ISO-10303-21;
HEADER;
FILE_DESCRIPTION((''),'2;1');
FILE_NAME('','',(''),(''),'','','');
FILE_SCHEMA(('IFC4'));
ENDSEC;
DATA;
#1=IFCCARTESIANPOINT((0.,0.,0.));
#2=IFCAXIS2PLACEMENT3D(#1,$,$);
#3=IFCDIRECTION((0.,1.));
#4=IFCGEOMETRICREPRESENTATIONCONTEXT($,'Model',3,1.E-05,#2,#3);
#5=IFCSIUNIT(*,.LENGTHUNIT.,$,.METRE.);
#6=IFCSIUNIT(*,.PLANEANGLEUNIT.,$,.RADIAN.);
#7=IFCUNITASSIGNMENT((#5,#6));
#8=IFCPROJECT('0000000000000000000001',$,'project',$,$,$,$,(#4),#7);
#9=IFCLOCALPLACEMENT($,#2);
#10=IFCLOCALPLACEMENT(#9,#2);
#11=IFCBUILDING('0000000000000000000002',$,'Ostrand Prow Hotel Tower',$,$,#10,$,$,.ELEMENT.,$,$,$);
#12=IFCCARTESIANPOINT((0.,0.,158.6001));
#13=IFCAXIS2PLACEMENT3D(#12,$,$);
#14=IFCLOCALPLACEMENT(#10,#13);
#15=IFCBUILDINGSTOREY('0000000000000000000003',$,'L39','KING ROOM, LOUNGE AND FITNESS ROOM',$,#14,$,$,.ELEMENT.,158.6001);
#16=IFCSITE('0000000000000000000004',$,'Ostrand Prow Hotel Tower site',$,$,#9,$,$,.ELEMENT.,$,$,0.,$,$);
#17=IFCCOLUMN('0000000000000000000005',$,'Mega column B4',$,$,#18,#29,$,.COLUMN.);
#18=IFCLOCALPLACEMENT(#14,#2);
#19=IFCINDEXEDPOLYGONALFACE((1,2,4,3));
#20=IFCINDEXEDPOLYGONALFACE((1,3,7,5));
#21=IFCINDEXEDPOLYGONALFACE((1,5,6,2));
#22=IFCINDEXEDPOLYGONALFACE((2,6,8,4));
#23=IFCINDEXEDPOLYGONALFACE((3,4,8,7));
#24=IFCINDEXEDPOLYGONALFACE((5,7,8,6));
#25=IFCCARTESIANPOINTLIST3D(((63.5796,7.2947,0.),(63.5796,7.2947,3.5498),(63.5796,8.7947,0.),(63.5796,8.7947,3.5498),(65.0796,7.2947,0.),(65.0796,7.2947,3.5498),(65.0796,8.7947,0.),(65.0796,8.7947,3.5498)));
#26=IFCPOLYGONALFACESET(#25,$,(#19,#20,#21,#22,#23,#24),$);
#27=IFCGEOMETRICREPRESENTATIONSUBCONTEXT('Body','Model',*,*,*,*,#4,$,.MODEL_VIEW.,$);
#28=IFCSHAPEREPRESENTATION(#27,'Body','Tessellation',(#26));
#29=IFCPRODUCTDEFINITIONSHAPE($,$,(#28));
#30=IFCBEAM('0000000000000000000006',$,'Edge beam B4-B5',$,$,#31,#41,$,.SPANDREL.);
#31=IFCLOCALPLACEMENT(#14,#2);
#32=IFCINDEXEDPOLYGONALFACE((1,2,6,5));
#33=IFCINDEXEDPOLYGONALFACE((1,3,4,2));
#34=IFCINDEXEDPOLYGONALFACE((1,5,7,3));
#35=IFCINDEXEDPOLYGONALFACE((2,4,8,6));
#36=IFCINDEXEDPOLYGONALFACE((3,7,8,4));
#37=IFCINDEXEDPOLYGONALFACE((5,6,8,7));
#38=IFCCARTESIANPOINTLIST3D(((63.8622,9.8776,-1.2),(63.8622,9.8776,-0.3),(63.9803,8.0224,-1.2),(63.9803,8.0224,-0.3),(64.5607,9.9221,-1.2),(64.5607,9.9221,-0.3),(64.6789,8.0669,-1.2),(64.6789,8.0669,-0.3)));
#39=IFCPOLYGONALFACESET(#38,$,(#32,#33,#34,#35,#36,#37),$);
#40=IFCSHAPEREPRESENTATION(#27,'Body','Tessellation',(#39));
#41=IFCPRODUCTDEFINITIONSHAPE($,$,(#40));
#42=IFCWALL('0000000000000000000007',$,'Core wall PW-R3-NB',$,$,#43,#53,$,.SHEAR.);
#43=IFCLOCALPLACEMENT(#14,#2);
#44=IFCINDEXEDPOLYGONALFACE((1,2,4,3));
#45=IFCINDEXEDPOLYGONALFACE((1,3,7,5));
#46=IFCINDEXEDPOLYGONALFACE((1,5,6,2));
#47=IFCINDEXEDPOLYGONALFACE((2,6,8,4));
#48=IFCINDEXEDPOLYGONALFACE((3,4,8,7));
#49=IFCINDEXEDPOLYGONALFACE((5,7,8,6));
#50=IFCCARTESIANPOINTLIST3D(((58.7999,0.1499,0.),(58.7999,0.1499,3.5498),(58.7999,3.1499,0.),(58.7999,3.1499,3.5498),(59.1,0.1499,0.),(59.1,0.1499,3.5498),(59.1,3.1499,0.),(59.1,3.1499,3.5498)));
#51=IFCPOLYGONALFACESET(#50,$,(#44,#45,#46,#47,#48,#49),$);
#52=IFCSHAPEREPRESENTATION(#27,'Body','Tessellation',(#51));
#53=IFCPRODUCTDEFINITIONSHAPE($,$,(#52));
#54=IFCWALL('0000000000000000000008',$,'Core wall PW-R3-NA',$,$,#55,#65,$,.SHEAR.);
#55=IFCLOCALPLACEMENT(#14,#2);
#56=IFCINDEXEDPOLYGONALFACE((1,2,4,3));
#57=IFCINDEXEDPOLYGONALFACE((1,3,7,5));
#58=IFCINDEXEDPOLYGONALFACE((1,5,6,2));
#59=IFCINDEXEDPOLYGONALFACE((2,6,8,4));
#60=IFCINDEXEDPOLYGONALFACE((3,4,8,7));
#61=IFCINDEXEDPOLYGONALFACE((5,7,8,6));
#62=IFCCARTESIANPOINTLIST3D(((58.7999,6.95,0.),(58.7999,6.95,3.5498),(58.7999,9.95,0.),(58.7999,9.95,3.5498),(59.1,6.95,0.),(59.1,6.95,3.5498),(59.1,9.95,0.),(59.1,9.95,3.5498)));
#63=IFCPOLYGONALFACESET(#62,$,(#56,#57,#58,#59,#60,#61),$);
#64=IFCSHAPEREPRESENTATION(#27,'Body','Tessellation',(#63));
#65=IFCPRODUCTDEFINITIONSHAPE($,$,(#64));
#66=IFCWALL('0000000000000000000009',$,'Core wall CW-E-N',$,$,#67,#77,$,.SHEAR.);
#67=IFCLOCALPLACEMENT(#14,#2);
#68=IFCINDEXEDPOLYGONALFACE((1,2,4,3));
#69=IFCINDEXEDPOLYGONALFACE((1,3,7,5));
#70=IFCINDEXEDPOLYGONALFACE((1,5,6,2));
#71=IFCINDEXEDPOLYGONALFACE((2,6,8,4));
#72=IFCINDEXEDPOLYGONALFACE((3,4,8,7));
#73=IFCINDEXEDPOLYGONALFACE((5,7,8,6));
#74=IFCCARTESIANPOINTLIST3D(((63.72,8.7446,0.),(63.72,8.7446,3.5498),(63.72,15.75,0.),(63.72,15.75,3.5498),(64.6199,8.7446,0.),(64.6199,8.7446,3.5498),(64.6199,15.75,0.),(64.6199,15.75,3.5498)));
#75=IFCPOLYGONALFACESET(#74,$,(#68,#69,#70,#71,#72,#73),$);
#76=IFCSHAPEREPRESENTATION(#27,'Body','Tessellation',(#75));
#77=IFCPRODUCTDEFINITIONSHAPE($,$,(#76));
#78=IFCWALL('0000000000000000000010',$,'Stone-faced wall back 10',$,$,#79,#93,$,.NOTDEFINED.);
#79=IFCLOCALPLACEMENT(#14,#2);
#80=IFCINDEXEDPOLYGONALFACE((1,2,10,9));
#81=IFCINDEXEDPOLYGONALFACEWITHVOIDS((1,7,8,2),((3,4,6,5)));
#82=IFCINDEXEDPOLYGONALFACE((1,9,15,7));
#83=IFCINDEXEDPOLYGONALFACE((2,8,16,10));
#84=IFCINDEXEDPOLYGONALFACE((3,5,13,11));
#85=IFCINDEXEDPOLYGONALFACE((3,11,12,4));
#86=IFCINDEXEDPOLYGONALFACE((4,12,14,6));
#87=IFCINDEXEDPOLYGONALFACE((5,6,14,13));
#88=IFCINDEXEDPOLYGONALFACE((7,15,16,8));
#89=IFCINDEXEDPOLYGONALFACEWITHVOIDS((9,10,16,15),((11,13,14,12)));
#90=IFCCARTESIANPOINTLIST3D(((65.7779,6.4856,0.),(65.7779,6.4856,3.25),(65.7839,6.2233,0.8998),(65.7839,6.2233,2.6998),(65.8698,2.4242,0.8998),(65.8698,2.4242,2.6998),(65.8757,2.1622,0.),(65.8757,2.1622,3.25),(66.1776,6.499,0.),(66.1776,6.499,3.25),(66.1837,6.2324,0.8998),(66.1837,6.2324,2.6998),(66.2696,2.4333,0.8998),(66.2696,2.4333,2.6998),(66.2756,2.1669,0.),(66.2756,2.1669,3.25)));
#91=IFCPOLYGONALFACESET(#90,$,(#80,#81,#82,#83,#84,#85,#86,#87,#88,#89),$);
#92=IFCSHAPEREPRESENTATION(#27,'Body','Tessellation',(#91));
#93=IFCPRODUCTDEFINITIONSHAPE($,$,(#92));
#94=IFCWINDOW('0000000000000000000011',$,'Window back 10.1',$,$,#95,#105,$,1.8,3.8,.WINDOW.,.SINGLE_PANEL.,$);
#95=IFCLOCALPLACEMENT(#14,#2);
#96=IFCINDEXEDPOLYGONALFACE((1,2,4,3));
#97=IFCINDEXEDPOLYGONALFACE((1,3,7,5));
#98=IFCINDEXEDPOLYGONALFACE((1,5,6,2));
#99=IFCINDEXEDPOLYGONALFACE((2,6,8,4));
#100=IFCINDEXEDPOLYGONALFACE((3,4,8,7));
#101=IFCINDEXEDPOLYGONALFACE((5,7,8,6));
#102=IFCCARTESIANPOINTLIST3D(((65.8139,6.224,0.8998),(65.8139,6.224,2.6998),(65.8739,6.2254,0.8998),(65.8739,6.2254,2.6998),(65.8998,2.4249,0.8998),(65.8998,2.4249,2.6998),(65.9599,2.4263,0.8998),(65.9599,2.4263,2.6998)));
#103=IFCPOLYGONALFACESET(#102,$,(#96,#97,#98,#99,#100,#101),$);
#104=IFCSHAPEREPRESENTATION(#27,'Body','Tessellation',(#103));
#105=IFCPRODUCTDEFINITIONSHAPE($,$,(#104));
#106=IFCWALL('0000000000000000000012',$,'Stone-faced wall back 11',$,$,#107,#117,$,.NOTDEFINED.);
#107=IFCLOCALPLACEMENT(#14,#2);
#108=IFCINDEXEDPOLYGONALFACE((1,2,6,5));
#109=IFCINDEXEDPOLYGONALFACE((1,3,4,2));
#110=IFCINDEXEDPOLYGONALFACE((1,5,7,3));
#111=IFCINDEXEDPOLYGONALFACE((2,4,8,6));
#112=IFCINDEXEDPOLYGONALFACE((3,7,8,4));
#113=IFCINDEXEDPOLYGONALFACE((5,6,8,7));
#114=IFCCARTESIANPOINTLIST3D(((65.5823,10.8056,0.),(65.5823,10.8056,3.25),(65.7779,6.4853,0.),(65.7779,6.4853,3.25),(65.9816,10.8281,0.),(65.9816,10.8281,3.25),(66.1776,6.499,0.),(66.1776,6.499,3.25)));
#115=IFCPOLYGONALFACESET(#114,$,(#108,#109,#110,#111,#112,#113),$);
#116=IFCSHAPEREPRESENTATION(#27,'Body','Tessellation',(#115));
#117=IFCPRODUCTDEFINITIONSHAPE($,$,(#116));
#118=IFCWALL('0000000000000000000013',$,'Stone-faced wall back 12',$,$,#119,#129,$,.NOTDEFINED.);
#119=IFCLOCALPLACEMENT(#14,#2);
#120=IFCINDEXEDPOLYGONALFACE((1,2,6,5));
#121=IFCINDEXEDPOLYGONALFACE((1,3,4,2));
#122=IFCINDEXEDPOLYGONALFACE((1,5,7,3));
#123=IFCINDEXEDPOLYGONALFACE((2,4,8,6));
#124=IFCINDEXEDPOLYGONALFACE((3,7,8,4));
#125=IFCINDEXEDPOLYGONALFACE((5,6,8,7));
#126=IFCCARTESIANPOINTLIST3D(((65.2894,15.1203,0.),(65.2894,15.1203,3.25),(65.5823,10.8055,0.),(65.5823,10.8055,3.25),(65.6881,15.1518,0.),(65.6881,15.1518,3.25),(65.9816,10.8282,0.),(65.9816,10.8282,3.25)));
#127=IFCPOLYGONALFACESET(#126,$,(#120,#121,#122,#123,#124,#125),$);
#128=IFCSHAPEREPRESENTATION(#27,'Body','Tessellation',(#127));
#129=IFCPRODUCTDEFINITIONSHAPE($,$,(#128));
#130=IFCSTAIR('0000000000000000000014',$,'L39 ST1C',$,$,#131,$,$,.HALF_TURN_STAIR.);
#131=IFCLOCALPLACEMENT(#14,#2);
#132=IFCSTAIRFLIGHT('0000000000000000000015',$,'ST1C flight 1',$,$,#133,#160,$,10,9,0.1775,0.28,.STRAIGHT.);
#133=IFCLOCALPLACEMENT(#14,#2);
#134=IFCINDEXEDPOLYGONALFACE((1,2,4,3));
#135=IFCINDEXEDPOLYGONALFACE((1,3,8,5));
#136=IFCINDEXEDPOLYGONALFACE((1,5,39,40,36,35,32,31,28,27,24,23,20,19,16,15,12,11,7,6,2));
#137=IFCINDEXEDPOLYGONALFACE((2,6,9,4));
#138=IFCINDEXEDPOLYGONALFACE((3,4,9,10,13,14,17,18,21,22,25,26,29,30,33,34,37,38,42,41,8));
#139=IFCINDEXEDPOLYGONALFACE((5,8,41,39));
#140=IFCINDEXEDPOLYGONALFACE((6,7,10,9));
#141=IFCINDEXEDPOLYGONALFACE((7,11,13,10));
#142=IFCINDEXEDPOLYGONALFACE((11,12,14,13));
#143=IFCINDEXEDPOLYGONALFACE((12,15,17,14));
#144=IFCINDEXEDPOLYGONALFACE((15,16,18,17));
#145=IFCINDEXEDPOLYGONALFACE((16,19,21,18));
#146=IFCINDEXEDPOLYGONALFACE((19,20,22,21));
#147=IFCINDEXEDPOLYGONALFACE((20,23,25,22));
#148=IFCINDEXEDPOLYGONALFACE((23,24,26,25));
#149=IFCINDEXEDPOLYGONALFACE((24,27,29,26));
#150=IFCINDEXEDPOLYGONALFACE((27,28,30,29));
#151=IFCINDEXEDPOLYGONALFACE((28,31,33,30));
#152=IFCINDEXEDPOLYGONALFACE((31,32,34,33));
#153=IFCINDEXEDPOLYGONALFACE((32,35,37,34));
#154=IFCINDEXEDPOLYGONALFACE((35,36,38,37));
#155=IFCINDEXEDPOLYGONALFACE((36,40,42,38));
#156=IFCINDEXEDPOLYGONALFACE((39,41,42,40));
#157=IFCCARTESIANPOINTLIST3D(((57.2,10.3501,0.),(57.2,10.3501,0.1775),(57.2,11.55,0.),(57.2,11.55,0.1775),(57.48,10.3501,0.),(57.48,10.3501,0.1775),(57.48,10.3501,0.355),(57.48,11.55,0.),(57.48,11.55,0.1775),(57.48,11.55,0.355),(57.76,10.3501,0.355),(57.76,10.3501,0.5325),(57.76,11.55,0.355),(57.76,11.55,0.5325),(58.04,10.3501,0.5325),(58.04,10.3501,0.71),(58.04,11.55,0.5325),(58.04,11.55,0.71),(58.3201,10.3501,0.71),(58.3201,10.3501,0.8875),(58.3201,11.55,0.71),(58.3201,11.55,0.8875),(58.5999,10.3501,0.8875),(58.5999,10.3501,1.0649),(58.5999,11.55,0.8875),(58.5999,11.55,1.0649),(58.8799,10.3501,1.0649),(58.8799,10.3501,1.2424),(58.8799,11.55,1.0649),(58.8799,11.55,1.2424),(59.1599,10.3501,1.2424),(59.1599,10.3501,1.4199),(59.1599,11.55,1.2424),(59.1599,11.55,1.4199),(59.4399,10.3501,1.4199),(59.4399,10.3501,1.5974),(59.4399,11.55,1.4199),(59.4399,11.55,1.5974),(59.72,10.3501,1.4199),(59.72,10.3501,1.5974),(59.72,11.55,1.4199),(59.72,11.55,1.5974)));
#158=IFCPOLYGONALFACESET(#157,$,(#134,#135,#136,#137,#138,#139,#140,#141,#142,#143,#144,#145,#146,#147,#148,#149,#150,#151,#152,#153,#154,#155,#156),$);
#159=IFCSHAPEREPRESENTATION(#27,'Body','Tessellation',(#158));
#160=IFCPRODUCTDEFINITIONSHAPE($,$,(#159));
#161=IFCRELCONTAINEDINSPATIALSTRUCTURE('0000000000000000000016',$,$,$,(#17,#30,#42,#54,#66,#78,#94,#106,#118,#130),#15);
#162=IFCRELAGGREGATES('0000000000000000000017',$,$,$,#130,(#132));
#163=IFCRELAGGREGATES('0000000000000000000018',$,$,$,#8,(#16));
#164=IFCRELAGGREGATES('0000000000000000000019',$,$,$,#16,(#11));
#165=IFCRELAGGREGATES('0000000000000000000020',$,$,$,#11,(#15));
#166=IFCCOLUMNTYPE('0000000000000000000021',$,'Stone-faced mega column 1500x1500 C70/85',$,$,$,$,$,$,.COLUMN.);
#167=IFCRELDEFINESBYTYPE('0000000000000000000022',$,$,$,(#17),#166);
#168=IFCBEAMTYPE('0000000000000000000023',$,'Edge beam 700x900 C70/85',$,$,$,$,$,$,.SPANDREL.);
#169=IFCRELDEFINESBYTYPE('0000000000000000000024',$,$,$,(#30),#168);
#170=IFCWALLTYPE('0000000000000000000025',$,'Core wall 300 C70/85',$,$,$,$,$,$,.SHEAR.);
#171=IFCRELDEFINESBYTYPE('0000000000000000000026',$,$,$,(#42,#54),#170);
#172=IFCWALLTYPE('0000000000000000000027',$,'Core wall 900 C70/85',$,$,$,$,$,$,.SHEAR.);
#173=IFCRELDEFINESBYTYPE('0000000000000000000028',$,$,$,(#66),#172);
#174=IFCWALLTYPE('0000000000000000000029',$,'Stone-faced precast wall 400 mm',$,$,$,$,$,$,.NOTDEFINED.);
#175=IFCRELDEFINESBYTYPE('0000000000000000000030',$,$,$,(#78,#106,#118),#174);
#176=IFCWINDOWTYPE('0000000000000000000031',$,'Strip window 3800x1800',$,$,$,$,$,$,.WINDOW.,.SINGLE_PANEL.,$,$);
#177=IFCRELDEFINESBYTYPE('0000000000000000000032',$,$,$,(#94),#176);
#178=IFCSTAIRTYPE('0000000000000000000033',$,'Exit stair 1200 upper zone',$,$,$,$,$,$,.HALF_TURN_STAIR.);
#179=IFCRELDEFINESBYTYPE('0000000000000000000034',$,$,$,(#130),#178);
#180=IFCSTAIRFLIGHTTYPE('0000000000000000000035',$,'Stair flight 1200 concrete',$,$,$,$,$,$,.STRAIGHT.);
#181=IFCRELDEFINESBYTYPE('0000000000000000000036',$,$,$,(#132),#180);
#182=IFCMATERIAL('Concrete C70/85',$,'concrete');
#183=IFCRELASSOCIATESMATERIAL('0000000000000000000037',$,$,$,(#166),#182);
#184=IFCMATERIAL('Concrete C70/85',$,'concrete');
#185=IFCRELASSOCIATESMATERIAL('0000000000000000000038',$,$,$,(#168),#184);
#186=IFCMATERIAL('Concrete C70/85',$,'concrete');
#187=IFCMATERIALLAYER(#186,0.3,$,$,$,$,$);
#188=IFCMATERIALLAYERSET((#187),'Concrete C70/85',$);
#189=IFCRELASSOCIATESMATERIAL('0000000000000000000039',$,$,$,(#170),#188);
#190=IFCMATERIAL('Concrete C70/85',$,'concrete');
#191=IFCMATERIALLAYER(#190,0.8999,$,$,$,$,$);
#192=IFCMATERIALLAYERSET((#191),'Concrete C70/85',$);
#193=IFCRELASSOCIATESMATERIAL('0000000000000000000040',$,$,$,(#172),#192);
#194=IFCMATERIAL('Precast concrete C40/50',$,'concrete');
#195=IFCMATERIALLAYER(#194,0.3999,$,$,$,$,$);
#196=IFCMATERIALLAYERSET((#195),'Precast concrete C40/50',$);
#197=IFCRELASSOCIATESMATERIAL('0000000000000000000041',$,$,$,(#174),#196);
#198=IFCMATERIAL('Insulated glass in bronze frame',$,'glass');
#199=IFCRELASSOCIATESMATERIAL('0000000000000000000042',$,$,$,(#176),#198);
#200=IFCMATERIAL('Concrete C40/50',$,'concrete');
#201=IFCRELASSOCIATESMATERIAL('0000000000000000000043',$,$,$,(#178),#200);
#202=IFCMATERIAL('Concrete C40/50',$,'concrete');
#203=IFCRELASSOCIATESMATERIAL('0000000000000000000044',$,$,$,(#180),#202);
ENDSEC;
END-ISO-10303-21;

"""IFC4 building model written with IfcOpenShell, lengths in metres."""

from ifc_helpers import new_model, si_unit, direction, frame, frame_2d, origin, origin_2d, place, context, subcontext, project, spatial, polyline, rectangle, outline, extrude, material, layer, layer_set, material_profile, profile_set, type_object, element, fill, aggregate, save


model = new_model("IFC4")

# Units and contexts
model_context = context("Model", 3, precision=1e-05, world=origin(), true_north=direction((0.0, 1.0)))
body_context = subcontext(model_context, "Body", "Model", "MODEL_VIEW")
ifc_project = project(units=[si_unit("LENGTHUNIT", "METRE"), si_unit("PLANEANGLEUNIT", "RADIAN")], contexts=[model_context])

# Site, building, storey
site_placement = place(None, origin())
site = spatial("IfcSite", under=ifc_project, at=site_placement, Name="Ostrand Prow Hotel Tower site", CompositionType="ELEMENT", RefElevation=0.0)
building_placement = place(site_placement, origin())
building = spatial("IfcBuilding", under=site, at=building_placement, Name="Ostrand Prow Hotel Tower", CompositionType="ELEMENT")
storey_placement = place(building_placement, frame((0.0, 0.0, 158.6001)))
storey = spatial("IfcBuildingStorey", under=building, at=storey_placement, Name="L39", Description="KING ROOM, LOUNGE AND FITNESS ROOM", CompositionType="ELEMENT", Elevation=158.6001)

# Column
ifc_material_1 = material(Name="Concrete C70/85", Category="concrete")
ifc_material_profile_1 = material_profile(ifc_material_1, rectangle(XDim=1.5, YDim=1.5, at=origin_2d()), Name="RC 1500x1500")
ifc_profile_set_1 = profile_set([ifc_material_profile_1], Name="Concrete C70/85")
column_type = type_object("IfcColumnType", Name="Stone-faced mega column 1500x1500 C70/85", PredefinedType="COLUMN", material=ifc_profile_set_1)
column_placement = place(storey_placement, frame((64.3296, 8.0447, 0.0), z_axis=(0.0, 0.0, 1.0), x_axis=(1.0, 0.0, 0.0)))
element("IfcColumn", 1, at=column_placement, inside=storey, type_object=column_type, Name="Mega column B4", PredefinedType="COLUMN", context=body_context, shape_type="SweptSolid", body=[
    extrude(rectangle(XDim=1.5, YDim=1.5, at=origin_2d()), origin(), (0.0, 0.0, 1.0), 3.5498),
])

# Beam
ifc_material_2 = material(Name="Concrete C70/85", Category="concrete")
ifc_material_profile_2 = material_profile(ifc_material_2, rectangle(XDim=0.7, YDim=0.8999, at=origin_2d()), Name="RC 700x900")
ifc_profile_set_2 = profile_set([ifc_material_profile_2], Name="Concrete C70/85")
beam_type = type_object("IfcBeamType", Name="Edge beam 700x900 C70/85", PredefinedType="SPANDREL", material=ifc_profile_set_2)
beam_placement = place(storey_placement, frame((64.3296, 8.0447, -0.75), z_axis=(-0.063564, 0.997978, 0.0), x_axis=(-0.997978, -0.063564, 0.0)))
element("IfcBeam", 2, at=beam_placement, inside=storey, type_object=beam_type, Name="Edge beam B4-B5", PredefinedType="SPANDREL", context=body_context, shape_type="SweptSolid", body=[
    extrude(rectangle(XDim=0.7, YDim=0.8999, at=origin_2d()), origin(), (0.0, 0.0, 1.0), 1.8589),
])

# Walls
ifc_material_3 = material(Name="Concrete C70/85", Category="concrete")
ifc_layer_1 = layer(ifc_material_3, 0.3)
ifc_layer_set_1 = layer_set([ifc_layer_1], Name="Concrete C70/85")
wall_type_1 = type_object("IfcWallType", Name="Core wall 300 C70/85", PredefinedType="SHEAR", material=ifc_layer_set_1)
for number, where, z_axis, x_axis, name in (
    (3, (58.95, 0.1499, 0.0), (0.0, 0.0, 1.0), (0.0, 1.0, 0.0), "Core wall PW-R3-NB"),
    (4, (58.95, 6.95, 0.0), (0.0, 0.0, 1.0), (0.0, 1.0, 0.0), "Core wall PW-R3-NA"),
):
    element("IfcWall", number, at=place(storey_placement, frame(where, z_axis=z_axis, x_axis=x_axis)), inside=storey, type_object=wall_type_1, Name=name, PredefinedType="SHEAR", context=body_context, shape_type="SweptSolid", body=[
        extrude(rectangle(XDim=3.0, YDim=0.3, at=frame_2d((1.5, 0.0))), origin(), (0.0, 0.0, 1.0), 3.5498),
    ])
ifc_material_4 = material(Name="Concrete C70/85", Category="concrete")
ifc_layer_2 = layer(ifc_material_4, 0.8999)
ifc_layer_set_2 = layer_set([ifc_layer_2], Name="Concrete C70/85")
wall_type_2 = type_object("IfcWallType", Name="Core wall 900 C70/85", PredefinedType="SHEAR", material=ifc_layer_set_2)
wall_1_placement = place(storey_placement, frame((64.1699, 8.7446, 0.0), z_axis=(0.0, 0.0, 1.0), x_axis=(0.0, 1.0, 0.0)))
element("IfcWall", 5, at=wall_1_placement, inside=storey, type_object=wall_type_2, Name="Core wall CW-E-N", PredefinedType="SHEAR", context=body_context, shape_type="SweptSolid", body=[
    extrude(rectangle(XDim=7.0054, YDim=0.8999, at=frame_2d((3.5027, 0.0))), origin(), (0.0, 0.0, 1.0), 3.5498),
])

# Wall, opening, window
ifc_material_5 = material(Name="Precast concrete C40/50", Category="concrete")
ifc_layer_3 = layer(ifc_material_5, 0.3999)
ifc_layer_set_3 = layer_set([ifc_layer_3], Name="Precast concrete C40/50")
wall_type_3 = type_object("IfcWallType", Name="Stone-faced precast wall 400 mm", PredefinedType="NOTDEFINED", material=ifc_layer_set_3)
wall_2_placement = place(storey_placement, frame((66.0757, 2.1646, 0.0), z_axis=(0.0, 0.0, 1.0), x_axis=(-0.022616, 0.999744, 0.0)))
wall_2 = element("IfcWall", 6, at=wall_2_placement, inside=storey, type_object=wall_type_3, Name="Stone-faced wall back 10", PredefinedType="NOTDEFINED", context=body_context, shape_type="SweptSolid", body=[
    extrude(outline(polyline([(-0.0022, -0.2), (4.3311, -0.2), (4.3267, 0.2), (0.0022, 0.2), (-0.0022, -0.2)])), origin(), (0.0, 0.0, 1.0), 3.25),
])
opening_placement = place(wall_2_placement, frame((0.2644, 0.0, 0.8999)))
opening = element("IfcOpeningElement", 7, at=opening_placement, cuts=wall_2, PredefinedType="OPENING", context=body_context, shape_type="SweptSolid", body=[
    extrude(rectangle(XDim=3.8, YDim=1.8, at=frame_2d((1.8999, 0.8999))), frame((0.0, 0.21, 0.0), z_axis=(0.0, -1.0, 0.0), x_axis=(1.0, 0.0, 0.0)), (0.0, 0.0, 1.0), 0.4199),
])
ifc_material_6 = material(Name="Insulated glass in bronze frame", Category="glass")
window_type = type_object("IfcWindowType", Name="Strip window 3800x1800", PartitioningType="SINGLE_PANEL", PredefinedType="WINDOW", material=ifc_material_6)
window_placement = place(opening_placement, origin())
window = element("IfcWindow", 8, at=window_placement, inside=storey, type_object=window_type, Name="Window back 10.1", OverallHeight=1.8, OverallWidth=3.8, PartitioningType="SINGLE_PANEL", PredefinedType="WINDOW", context=body_context, shape_type="SweptSolid", body=[
    extrude(rectangle(XDim=3.8, YDim=1.8, at=frame_2d((1.8999, 0.8999))), frame((0.0, 0.1699, 0.0), z_axis=(0.0, -1.0, 0.0), x_axis=(1.0, 0.0, 0.0)), (0.0, 0.0, 1.0), 0.0601),
])
fill(opening, window)

# Walls
for number, where, z_axis, x_axis, name in (
    (9, (65.9778, 6.4922, 0.0), (0.0, 0.0, 1.0), (-0.045229, 0.998977, 0.0), "Stone-faced wall back 11"),
    (10, (65.782, 10.8169, 0.0), (0.0, 0.0, 1.0), (-0.067732, 0.997704, 0.0), "Stone-faced wall back 12"),
):
    element("IfcWall", number, at=place(storey_placement, frame(where, z_axis=z_axis, x_axis=x_axis)), inside=storey, type_object=wall_type_3, Name=name, PredefinedType="NOTDEFINED", context=body_context, shape_type="SweptSolid", body=[
        extrude(outline(polyline([(-0.0022, -0.2), (4.3313, -0.2), (4.3269, 0.2), (0.0022, 0.2), (-0.0022, -0.2)])), origin(), (0.0, 0.0, 1.0), 3.25),
    ])

# Stair, stair flight
ifc_material_7 = material(Name="Concrete C40/50", Category="concrete")
stair_type = type_object("IfcStairType", Name="Exit stair 1200 upper zone", PredefinedType="HALF_TURN_STAIR", material=ifc_material_7)
stair_1_placement = place(storey_placement, origin())
stair_1 = element("IfcStair", 11, at=stair_1_placement, inside=storey, type_object=stair_type, Name="L39 ST1C", PredefinedType="HALF_TURN_STAIR")
ifc_material_8 = material(Name="Concrete C40/50", Category="concrete")
stair_flight_type = type_object("IfcStairFlightType", Name="Stair flight 1200 concrete", PredefinedType="STRAIGHT", material=ifc_material_8)
stair_flight_1_placement = place(storey_placement, frame((57.2, 10.95, 0.0), z_axis=(0.0, 0.0, 1.0), x_axis=(1.0, 0.0, 0.0)))
stair_flight_1 = element("IfcStairFlight", 12, at=stair_flight_1_placement, type_object=stair_flight_type, Name="ST1C flight 1", NumberOfRisers=10, NumberOfTreads=9, PredefinedType="STRAIGHT", RiserHeight=0.1775, TreadLength=0.28, context=body_context, shape_type="SweptSolid", body=[
    extrude(outline(polyline([(0.0, 0.0), (0.0, 0.1775), (0.28, 0.1775), (0.28, 0.355), (0.5601, 0.355), (0.5601, 0.5325), (0.8401, 0.5325), (0.8401, 0.71), (1.1201, 0.71), (1.1201, 0.8875), (1.3999, 0.8875), (1.3999, 1.0649), (1.6799, 1.0649), (1.6799, 1.2424), (1.96, 1.2424), (1.96, 1.4199), (2.24, 1.4199), (2.24, 1.5974), (2.52, 1.5974), (2.52, 1.7749), (2.52, 1.4199), (0.28, 0.0), (0.0, 0.0)])), frame((0.0, 0.6001, 0.0), z_axis=(0.0, -1.0, 0.0), x_axis=(1.0, 0.0, 0.0)), (0.0, 0.0, 1.0), 1.2),
])
aggregate(stair_1, [stair_flight_1])

save(model, "model.ifc")
